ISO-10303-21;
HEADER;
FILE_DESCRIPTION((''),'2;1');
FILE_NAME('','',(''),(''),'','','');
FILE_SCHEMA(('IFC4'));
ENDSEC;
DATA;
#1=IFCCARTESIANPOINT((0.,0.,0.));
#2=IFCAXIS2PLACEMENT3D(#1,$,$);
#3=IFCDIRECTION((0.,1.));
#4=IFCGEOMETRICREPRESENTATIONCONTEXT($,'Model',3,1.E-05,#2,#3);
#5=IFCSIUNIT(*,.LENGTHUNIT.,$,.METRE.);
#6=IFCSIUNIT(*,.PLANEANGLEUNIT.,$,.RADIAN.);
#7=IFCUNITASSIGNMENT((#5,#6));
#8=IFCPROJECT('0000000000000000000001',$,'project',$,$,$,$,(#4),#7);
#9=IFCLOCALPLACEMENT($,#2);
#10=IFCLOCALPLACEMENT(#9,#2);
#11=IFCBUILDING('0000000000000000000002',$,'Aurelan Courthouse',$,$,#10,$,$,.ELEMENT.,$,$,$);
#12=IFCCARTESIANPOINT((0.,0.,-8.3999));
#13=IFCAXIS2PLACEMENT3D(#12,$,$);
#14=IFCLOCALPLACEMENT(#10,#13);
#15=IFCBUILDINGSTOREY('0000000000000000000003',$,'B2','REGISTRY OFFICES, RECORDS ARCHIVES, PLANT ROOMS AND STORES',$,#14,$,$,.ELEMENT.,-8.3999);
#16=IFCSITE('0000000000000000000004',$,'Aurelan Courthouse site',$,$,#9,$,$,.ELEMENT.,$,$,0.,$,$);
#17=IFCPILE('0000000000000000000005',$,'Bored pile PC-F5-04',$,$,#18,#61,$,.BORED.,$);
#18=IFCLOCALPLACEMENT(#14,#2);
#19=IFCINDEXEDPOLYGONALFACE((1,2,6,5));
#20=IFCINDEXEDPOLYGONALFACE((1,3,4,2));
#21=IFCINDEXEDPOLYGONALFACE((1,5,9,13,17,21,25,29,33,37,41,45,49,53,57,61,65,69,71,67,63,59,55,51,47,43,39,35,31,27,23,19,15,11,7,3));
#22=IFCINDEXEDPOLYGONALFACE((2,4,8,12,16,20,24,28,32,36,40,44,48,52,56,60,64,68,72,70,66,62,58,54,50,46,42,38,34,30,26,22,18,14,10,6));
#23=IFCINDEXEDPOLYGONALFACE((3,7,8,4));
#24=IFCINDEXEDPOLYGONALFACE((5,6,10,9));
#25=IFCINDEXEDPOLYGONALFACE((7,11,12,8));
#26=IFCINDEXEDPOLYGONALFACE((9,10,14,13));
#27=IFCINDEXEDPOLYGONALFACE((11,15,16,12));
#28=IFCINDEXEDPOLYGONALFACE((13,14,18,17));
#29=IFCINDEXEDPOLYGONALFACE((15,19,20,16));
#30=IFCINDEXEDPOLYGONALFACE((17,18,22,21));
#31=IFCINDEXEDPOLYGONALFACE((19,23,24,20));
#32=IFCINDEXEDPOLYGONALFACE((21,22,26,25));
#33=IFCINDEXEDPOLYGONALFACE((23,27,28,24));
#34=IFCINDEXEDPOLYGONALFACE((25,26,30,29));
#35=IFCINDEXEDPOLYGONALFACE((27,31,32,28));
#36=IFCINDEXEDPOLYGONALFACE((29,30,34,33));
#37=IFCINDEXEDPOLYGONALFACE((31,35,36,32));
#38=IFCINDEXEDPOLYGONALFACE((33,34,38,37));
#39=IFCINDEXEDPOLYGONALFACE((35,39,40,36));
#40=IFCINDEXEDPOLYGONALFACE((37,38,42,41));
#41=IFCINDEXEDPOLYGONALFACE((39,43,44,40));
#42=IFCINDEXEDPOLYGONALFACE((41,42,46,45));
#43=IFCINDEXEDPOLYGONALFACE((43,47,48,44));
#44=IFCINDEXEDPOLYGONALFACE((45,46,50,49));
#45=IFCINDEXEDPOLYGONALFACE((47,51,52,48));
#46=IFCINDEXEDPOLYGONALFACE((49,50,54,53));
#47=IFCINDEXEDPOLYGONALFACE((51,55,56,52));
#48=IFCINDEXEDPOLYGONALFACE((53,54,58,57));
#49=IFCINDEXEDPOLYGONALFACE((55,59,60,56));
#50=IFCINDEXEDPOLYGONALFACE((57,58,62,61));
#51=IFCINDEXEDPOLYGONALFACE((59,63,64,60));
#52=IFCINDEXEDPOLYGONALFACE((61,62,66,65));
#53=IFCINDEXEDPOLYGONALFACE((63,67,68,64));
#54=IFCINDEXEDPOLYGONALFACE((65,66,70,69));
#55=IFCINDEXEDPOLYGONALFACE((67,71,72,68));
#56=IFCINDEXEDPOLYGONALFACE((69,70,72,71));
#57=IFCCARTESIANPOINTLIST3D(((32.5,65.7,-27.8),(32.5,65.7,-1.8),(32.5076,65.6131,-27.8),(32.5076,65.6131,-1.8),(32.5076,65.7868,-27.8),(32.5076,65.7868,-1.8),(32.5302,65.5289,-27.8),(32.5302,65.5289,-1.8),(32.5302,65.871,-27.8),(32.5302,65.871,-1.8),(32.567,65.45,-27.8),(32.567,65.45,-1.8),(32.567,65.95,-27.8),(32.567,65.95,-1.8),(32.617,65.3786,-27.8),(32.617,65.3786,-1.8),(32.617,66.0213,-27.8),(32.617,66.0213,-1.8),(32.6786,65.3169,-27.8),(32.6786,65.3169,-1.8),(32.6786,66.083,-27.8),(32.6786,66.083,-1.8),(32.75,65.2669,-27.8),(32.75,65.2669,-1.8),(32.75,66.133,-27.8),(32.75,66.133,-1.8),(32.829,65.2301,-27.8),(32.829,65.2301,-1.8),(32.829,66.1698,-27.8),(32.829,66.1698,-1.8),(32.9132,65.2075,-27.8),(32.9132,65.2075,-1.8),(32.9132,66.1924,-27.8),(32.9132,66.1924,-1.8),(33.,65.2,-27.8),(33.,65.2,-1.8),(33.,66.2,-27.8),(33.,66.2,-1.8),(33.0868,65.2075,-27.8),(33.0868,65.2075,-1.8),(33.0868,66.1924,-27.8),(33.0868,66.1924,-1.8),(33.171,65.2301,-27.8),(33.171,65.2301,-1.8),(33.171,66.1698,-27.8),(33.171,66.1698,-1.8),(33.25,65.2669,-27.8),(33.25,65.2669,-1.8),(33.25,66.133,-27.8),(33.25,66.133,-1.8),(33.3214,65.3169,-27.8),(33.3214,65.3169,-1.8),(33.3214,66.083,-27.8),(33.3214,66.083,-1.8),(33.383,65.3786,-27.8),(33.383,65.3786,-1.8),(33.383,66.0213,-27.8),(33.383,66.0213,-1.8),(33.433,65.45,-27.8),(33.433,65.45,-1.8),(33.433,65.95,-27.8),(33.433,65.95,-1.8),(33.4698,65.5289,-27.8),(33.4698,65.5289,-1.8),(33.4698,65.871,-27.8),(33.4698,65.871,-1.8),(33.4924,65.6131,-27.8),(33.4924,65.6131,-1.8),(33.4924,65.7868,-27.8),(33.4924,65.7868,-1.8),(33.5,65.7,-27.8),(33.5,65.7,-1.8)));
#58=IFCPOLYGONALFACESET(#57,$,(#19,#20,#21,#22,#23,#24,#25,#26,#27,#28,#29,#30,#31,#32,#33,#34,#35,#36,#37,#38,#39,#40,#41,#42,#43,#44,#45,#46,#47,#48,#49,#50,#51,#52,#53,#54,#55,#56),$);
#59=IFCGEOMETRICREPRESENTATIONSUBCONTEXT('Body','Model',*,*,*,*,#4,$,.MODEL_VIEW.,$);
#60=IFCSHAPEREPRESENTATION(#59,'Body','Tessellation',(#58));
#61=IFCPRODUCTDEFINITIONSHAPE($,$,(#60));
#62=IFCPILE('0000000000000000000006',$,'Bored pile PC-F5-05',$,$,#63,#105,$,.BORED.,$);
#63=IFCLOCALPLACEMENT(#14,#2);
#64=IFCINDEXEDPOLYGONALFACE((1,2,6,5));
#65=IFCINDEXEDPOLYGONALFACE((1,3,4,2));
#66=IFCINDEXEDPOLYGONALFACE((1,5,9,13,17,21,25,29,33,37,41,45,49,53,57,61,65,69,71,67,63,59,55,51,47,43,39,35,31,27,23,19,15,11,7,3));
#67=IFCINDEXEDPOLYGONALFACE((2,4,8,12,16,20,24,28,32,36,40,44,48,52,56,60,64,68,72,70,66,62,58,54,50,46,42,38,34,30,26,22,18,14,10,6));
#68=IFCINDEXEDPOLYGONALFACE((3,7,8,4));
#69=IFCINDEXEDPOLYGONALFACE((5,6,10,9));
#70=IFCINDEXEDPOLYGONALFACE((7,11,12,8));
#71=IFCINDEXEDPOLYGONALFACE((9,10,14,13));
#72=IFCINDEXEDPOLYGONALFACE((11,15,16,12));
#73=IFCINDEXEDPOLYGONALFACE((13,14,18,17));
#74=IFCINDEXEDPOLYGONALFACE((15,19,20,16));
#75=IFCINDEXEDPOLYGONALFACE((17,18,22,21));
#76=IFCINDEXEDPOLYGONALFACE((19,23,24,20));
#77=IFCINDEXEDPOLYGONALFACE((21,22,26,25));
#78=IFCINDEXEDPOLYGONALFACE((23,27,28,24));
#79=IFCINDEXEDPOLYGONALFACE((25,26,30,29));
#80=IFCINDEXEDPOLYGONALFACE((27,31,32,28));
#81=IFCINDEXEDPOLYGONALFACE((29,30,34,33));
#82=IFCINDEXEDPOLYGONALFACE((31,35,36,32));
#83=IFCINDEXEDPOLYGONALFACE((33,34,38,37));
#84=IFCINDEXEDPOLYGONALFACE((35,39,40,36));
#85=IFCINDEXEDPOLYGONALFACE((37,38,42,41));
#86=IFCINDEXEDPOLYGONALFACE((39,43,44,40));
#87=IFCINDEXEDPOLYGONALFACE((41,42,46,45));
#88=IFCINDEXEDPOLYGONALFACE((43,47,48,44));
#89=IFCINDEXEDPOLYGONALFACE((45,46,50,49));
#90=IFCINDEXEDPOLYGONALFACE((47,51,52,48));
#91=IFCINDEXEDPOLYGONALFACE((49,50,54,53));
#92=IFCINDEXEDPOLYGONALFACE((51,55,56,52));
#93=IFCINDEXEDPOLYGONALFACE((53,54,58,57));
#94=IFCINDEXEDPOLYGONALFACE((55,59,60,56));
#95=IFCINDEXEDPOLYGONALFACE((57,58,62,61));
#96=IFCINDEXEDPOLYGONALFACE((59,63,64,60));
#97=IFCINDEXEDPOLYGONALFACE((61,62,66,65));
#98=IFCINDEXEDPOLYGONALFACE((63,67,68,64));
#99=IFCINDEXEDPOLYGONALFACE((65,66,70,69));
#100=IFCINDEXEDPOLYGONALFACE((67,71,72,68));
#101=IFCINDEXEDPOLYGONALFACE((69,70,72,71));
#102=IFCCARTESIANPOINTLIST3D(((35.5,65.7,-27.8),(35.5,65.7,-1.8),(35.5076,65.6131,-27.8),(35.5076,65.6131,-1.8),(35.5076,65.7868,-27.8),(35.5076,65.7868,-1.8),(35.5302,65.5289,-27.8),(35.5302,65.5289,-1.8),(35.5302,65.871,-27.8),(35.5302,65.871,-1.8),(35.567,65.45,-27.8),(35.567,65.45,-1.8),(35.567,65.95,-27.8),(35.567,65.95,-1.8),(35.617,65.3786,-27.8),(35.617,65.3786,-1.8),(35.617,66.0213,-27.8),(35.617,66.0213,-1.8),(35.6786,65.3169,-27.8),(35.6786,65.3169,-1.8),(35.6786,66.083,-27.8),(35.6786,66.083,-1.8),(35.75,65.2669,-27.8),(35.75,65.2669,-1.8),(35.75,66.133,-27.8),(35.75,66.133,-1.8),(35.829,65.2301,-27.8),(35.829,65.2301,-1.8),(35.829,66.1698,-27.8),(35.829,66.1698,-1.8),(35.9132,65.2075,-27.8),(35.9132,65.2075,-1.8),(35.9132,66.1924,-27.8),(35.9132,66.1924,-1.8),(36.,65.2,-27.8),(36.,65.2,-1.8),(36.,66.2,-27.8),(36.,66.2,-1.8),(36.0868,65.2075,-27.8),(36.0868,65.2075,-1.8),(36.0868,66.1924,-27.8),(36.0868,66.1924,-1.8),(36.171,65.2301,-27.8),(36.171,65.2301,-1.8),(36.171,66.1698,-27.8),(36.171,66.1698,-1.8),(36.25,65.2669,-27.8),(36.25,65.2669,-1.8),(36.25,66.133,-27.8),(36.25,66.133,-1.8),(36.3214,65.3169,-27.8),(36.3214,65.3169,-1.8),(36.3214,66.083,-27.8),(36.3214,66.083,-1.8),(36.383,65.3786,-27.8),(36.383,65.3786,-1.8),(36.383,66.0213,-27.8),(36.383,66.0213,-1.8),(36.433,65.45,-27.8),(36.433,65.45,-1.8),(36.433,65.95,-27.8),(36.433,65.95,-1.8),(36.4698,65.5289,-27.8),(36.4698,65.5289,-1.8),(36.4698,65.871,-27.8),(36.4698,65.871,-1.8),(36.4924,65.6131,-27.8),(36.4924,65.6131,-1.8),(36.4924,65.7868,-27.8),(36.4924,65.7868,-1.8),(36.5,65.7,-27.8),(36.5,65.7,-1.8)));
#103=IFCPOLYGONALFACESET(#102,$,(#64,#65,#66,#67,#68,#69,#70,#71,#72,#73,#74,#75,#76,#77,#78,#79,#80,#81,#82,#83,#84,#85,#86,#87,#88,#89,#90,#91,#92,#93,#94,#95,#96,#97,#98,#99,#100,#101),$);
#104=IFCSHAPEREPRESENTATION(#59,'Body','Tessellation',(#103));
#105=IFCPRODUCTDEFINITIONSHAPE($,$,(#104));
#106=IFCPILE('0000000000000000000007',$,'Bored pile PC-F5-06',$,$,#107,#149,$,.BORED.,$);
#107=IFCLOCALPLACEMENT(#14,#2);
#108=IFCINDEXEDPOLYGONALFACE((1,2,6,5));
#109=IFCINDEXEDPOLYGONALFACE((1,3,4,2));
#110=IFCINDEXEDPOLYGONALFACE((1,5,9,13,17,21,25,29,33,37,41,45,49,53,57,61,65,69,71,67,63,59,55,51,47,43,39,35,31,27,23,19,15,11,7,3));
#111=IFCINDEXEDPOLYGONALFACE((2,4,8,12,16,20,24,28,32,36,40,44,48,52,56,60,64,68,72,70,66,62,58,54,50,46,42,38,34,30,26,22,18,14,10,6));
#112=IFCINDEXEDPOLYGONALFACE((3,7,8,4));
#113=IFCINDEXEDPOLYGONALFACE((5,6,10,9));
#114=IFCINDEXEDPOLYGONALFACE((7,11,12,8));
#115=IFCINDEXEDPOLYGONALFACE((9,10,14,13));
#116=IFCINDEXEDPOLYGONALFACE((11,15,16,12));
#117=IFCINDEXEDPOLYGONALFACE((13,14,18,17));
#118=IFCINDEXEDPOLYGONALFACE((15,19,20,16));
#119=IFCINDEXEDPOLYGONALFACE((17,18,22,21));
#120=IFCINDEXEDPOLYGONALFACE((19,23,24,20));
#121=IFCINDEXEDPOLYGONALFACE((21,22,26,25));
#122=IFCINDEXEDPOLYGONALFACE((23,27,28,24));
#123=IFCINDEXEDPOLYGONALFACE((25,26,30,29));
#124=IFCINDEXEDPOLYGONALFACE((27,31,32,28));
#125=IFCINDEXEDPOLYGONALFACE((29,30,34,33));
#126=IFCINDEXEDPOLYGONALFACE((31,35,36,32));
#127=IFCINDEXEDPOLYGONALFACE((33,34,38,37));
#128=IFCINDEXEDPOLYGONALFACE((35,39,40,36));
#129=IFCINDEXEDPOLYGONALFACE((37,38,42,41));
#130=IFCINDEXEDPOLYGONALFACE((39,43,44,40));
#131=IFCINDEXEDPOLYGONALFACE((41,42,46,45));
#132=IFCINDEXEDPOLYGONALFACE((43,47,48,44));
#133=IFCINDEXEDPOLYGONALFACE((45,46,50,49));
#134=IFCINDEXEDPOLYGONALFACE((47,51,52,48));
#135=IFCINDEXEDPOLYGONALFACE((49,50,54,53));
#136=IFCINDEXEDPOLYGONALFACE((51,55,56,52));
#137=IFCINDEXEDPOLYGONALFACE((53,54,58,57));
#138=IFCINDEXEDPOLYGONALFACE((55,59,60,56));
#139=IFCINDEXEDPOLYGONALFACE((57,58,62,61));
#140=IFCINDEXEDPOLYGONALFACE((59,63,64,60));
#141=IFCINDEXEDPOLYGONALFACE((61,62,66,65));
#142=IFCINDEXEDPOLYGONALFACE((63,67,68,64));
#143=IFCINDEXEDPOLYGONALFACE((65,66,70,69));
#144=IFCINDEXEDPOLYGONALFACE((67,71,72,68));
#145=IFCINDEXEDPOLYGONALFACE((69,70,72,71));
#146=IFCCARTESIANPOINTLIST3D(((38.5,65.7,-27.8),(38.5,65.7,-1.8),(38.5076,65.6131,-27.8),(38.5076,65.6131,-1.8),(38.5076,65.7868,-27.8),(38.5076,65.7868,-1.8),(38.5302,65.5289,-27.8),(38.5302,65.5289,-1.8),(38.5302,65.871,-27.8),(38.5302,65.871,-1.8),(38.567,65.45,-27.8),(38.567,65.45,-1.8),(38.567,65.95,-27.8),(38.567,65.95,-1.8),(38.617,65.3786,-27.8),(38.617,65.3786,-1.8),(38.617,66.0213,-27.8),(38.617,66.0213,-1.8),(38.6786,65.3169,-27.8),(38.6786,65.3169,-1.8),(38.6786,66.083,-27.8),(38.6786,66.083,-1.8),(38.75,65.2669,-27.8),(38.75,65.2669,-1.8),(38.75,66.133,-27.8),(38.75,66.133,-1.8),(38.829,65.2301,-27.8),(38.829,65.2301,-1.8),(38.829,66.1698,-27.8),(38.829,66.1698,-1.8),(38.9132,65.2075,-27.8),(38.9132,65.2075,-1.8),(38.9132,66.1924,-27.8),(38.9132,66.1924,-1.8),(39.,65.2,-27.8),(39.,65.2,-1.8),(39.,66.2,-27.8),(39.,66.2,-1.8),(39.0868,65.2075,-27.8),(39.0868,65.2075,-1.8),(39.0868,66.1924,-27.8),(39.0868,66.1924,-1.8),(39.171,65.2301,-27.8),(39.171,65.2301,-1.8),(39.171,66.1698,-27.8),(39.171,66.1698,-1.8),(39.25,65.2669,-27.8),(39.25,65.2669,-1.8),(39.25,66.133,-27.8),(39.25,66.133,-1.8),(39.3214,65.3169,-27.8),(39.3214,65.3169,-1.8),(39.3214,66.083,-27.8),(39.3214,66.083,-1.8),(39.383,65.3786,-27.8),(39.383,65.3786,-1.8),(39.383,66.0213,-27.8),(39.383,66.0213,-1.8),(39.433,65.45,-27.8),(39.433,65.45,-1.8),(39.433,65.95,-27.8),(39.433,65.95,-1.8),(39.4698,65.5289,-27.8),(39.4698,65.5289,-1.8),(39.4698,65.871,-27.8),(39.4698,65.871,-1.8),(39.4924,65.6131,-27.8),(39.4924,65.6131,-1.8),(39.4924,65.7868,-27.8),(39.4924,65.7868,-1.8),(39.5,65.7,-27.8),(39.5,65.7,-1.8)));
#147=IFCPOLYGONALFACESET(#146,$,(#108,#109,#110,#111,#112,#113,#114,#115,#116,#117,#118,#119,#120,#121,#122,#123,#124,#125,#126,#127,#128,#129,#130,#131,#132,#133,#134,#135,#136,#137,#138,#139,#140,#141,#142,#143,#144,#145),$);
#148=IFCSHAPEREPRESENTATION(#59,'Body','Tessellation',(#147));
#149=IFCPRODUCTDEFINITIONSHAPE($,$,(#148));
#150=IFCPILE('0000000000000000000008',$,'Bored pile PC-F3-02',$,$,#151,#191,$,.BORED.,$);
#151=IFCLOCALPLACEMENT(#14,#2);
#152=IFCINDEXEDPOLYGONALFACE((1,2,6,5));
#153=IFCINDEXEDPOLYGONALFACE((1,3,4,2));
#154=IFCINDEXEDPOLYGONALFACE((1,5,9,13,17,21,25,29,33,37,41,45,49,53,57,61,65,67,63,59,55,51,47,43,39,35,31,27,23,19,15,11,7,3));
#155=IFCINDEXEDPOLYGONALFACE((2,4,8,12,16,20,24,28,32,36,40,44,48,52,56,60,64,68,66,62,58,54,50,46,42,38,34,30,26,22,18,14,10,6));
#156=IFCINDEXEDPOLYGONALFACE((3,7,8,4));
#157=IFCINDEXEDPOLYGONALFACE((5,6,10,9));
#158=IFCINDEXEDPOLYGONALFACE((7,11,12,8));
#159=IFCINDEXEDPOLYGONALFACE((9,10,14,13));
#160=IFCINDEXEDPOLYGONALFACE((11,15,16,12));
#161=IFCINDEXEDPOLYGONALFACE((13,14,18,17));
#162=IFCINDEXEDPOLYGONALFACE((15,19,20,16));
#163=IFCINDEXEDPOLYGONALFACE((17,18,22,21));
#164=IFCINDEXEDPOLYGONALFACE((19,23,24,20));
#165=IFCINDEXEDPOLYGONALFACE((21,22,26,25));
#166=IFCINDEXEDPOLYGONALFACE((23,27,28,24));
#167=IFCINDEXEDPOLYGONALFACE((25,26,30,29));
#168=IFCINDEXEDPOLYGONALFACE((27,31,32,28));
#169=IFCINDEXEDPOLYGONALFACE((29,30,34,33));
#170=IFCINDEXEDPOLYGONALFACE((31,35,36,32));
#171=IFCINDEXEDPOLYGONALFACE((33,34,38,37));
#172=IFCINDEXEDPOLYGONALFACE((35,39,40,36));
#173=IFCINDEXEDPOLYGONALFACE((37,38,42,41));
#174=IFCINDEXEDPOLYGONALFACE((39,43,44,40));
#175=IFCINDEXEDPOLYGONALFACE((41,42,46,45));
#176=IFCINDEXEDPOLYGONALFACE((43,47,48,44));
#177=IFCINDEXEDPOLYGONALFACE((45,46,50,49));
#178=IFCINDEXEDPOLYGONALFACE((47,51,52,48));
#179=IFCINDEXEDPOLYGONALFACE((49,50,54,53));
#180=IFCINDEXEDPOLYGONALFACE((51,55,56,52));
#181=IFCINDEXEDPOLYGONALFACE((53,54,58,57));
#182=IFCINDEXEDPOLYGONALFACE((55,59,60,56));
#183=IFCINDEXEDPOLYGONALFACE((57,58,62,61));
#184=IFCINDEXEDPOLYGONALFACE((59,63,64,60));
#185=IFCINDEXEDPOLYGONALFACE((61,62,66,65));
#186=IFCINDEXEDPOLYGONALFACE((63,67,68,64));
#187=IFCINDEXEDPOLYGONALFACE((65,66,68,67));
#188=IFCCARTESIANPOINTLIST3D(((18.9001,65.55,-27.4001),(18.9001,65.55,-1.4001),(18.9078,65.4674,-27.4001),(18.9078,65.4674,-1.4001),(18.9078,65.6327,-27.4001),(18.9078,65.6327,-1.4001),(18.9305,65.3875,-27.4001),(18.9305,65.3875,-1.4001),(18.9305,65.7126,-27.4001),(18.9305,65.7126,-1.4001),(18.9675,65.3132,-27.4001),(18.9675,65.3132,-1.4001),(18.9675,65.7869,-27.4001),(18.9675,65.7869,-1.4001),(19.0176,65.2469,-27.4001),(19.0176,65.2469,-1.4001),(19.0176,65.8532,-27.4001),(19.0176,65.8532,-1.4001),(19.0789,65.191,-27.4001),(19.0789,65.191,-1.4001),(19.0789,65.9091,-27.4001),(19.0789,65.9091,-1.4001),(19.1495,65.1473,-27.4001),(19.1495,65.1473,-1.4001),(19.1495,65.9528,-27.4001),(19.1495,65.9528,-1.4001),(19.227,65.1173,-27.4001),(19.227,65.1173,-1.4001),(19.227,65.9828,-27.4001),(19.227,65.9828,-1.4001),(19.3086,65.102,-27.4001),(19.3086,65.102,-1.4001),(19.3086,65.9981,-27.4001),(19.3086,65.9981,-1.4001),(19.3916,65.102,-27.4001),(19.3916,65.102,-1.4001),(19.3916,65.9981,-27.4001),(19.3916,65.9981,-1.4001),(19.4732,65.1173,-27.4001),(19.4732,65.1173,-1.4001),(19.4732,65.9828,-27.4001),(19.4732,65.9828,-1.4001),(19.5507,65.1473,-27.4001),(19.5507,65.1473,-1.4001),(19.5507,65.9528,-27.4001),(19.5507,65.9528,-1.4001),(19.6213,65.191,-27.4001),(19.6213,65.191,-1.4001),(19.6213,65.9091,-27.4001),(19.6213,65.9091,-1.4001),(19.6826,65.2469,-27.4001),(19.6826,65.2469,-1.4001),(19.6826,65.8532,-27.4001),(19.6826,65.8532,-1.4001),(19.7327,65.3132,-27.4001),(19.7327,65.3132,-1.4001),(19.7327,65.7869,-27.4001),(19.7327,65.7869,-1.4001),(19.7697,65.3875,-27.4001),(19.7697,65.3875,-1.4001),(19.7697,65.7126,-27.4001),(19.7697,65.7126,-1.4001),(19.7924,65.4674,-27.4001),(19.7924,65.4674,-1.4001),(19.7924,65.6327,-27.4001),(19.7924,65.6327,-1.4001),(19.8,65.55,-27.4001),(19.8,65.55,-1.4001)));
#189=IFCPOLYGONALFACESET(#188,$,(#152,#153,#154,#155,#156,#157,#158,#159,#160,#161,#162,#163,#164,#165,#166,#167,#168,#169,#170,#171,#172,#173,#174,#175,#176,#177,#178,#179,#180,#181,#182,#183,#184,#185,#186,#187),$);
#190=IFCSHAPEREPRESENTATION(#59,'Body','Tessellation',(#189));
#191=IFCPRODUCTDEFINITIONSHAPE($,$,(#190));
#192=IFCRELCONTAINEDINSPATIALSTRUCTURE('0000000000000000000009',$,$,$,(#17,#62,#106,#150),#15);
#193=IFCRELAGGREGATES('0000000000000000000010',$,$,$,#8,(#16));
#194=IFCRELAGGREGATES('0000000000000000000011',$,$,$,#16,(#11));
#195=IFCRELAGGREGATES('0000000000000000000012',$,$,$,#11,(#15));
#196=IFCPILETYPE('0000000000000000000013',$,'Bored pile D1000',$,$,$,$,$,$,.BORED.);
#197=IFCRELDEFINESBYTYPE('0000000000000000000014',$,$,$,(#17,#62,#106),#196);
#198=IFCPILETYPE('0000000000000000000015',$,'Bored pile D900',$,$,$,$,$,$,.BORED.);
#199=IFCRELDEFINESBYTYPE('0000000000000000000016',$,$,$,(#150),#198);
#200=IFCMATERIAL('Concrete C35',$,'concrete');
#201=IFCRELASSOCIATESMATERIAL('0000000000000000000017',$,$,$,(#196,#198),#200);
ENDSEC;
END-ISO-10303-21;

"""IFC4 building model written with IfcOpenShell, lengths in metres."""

from ifc_helpers import new_model, si_unit, direction, frame, origin, origin_2d, place, context, subcontext, project, spatial, circle, extrude, material, material_profile, profile_set, type_object, element, save


model = new_model("IFC4")

# Units and contexts
model_context = context("Model", 3, precision=1e-05, world=origin(), true_north=direction((0.0, 1.0)))
body_context = subcontext(model_context, "Body", "Model", "MODEL_VIEW")
ifc_project = project(units=[si_unit("LENGTHUNIT", "METRE"), si_unit("PLANEANGLEUNIT", "RADIAN")], contexts=[model_context])

# Site, building, storey
site_placement = place(None, origin())
site = spatial("IfcSite", under=ifc_project, at=site_placement, Name="Aurelan Courthouse site", CompositionType="ELEMENT", RefElevation=0.0)
building_placement = place(site_placement, origin())
building = spatial("IfcBuilding", under=site, at=building_placement, Name="Aurelan Courthouse", CompositionType="ELEMENT")
storey_placement = place(building_placement, frame((0.0, 0.0, -8.3999)))
storey = spatial("IfcBuildingStorey", under=building, at=storey_placement, Name="B2", Description="REGISTRY OFFICES, RECORDS ARCHIVES, PLANT ROOMS AND STORES", CompositionType="ELEMENT", Elevation=-8.3999)

# Piles
ifc_material_1 = material(Name="Concrete C35", Category="concrete")
ifc_material_profile_1 = material_profile(ifc_material_1, circle(Radius=0.5, at=origin_2d()), Name="D1000")
ifc_profile_set_1 = profile_set([ifc_material_profile_1], Name="Concrete C35")
pile_type_1 = type_object("IfcPileType", Name="Bored pile D1000", PredefinedType="BORED", material=ifc_profile_set_1)
for number, where, z_axis, x_axis, name in (
    (1, (33.0, 65.7, -1.8), (0.0, 0.0, -1.0), (1.0, 0.0, 0.0), "Bored pile PC-F5-04"),
    (2, (36.0, 65.7, -1.8), (0.0, 0.0, -1.0), (1.0, 0.0, 0.0), "Bored pile PC-F5-05"),
    (3, (39.0, 65.7, -1.8), (0.0, 0.0, -1.0), (1.0, 0.0, 0.0), "Bored pile PC-F5-06"),
):
    element("IfcPile", number, at=place(storey_placement, frame(where, z_axis=z_axis, x_axis=x_axis)), inside=storey, type_object=pile_type_1, Name=name, PredefinedType="BORED", context=body_context, shape_type="SweptSolid", body=[
        extrude(circle(Radius=0.5, at=origin_2d()), origin(), (0.0, 0.0, 1.0), 26.0),
    ])
ifc_material_profile_2 = material_profile(ifc_material_1, circle(Radius=0.45, at=origin_2d()), Name="D900")
ifc_profile_set_2 = profile_set([ifc_material_profile_2], Name="Concrete C35")
pile_type_2 = type_object("IfcPileType", Name="Bored pile D900", PredefinedType="BORED", material=ifc_profile_set_2)
for number, where, z_axis, x_axis, name in (
    (4, (19.3501, 65.55, -1.4001), (0.0, 0.0, -1.0), (1.0, 0.0, 0.0), "Bored pile PC-F3-02"),
):
    element("IfcPile", number, at=place(storey_placement, frame(where, z_axis=z_axis, x_axis=x_axis)), inside=storey, type_object=pile_type_2, Name=name, PredefinedType="BORED", context=body_context, shape_type="SweptSolid", body=[
        extrude(circle(Radius=0.45, at=origin_2d()), origin(), (0.0, 0.0, 1.0), 26.0),
    ])

save(model, "model.ifc")
